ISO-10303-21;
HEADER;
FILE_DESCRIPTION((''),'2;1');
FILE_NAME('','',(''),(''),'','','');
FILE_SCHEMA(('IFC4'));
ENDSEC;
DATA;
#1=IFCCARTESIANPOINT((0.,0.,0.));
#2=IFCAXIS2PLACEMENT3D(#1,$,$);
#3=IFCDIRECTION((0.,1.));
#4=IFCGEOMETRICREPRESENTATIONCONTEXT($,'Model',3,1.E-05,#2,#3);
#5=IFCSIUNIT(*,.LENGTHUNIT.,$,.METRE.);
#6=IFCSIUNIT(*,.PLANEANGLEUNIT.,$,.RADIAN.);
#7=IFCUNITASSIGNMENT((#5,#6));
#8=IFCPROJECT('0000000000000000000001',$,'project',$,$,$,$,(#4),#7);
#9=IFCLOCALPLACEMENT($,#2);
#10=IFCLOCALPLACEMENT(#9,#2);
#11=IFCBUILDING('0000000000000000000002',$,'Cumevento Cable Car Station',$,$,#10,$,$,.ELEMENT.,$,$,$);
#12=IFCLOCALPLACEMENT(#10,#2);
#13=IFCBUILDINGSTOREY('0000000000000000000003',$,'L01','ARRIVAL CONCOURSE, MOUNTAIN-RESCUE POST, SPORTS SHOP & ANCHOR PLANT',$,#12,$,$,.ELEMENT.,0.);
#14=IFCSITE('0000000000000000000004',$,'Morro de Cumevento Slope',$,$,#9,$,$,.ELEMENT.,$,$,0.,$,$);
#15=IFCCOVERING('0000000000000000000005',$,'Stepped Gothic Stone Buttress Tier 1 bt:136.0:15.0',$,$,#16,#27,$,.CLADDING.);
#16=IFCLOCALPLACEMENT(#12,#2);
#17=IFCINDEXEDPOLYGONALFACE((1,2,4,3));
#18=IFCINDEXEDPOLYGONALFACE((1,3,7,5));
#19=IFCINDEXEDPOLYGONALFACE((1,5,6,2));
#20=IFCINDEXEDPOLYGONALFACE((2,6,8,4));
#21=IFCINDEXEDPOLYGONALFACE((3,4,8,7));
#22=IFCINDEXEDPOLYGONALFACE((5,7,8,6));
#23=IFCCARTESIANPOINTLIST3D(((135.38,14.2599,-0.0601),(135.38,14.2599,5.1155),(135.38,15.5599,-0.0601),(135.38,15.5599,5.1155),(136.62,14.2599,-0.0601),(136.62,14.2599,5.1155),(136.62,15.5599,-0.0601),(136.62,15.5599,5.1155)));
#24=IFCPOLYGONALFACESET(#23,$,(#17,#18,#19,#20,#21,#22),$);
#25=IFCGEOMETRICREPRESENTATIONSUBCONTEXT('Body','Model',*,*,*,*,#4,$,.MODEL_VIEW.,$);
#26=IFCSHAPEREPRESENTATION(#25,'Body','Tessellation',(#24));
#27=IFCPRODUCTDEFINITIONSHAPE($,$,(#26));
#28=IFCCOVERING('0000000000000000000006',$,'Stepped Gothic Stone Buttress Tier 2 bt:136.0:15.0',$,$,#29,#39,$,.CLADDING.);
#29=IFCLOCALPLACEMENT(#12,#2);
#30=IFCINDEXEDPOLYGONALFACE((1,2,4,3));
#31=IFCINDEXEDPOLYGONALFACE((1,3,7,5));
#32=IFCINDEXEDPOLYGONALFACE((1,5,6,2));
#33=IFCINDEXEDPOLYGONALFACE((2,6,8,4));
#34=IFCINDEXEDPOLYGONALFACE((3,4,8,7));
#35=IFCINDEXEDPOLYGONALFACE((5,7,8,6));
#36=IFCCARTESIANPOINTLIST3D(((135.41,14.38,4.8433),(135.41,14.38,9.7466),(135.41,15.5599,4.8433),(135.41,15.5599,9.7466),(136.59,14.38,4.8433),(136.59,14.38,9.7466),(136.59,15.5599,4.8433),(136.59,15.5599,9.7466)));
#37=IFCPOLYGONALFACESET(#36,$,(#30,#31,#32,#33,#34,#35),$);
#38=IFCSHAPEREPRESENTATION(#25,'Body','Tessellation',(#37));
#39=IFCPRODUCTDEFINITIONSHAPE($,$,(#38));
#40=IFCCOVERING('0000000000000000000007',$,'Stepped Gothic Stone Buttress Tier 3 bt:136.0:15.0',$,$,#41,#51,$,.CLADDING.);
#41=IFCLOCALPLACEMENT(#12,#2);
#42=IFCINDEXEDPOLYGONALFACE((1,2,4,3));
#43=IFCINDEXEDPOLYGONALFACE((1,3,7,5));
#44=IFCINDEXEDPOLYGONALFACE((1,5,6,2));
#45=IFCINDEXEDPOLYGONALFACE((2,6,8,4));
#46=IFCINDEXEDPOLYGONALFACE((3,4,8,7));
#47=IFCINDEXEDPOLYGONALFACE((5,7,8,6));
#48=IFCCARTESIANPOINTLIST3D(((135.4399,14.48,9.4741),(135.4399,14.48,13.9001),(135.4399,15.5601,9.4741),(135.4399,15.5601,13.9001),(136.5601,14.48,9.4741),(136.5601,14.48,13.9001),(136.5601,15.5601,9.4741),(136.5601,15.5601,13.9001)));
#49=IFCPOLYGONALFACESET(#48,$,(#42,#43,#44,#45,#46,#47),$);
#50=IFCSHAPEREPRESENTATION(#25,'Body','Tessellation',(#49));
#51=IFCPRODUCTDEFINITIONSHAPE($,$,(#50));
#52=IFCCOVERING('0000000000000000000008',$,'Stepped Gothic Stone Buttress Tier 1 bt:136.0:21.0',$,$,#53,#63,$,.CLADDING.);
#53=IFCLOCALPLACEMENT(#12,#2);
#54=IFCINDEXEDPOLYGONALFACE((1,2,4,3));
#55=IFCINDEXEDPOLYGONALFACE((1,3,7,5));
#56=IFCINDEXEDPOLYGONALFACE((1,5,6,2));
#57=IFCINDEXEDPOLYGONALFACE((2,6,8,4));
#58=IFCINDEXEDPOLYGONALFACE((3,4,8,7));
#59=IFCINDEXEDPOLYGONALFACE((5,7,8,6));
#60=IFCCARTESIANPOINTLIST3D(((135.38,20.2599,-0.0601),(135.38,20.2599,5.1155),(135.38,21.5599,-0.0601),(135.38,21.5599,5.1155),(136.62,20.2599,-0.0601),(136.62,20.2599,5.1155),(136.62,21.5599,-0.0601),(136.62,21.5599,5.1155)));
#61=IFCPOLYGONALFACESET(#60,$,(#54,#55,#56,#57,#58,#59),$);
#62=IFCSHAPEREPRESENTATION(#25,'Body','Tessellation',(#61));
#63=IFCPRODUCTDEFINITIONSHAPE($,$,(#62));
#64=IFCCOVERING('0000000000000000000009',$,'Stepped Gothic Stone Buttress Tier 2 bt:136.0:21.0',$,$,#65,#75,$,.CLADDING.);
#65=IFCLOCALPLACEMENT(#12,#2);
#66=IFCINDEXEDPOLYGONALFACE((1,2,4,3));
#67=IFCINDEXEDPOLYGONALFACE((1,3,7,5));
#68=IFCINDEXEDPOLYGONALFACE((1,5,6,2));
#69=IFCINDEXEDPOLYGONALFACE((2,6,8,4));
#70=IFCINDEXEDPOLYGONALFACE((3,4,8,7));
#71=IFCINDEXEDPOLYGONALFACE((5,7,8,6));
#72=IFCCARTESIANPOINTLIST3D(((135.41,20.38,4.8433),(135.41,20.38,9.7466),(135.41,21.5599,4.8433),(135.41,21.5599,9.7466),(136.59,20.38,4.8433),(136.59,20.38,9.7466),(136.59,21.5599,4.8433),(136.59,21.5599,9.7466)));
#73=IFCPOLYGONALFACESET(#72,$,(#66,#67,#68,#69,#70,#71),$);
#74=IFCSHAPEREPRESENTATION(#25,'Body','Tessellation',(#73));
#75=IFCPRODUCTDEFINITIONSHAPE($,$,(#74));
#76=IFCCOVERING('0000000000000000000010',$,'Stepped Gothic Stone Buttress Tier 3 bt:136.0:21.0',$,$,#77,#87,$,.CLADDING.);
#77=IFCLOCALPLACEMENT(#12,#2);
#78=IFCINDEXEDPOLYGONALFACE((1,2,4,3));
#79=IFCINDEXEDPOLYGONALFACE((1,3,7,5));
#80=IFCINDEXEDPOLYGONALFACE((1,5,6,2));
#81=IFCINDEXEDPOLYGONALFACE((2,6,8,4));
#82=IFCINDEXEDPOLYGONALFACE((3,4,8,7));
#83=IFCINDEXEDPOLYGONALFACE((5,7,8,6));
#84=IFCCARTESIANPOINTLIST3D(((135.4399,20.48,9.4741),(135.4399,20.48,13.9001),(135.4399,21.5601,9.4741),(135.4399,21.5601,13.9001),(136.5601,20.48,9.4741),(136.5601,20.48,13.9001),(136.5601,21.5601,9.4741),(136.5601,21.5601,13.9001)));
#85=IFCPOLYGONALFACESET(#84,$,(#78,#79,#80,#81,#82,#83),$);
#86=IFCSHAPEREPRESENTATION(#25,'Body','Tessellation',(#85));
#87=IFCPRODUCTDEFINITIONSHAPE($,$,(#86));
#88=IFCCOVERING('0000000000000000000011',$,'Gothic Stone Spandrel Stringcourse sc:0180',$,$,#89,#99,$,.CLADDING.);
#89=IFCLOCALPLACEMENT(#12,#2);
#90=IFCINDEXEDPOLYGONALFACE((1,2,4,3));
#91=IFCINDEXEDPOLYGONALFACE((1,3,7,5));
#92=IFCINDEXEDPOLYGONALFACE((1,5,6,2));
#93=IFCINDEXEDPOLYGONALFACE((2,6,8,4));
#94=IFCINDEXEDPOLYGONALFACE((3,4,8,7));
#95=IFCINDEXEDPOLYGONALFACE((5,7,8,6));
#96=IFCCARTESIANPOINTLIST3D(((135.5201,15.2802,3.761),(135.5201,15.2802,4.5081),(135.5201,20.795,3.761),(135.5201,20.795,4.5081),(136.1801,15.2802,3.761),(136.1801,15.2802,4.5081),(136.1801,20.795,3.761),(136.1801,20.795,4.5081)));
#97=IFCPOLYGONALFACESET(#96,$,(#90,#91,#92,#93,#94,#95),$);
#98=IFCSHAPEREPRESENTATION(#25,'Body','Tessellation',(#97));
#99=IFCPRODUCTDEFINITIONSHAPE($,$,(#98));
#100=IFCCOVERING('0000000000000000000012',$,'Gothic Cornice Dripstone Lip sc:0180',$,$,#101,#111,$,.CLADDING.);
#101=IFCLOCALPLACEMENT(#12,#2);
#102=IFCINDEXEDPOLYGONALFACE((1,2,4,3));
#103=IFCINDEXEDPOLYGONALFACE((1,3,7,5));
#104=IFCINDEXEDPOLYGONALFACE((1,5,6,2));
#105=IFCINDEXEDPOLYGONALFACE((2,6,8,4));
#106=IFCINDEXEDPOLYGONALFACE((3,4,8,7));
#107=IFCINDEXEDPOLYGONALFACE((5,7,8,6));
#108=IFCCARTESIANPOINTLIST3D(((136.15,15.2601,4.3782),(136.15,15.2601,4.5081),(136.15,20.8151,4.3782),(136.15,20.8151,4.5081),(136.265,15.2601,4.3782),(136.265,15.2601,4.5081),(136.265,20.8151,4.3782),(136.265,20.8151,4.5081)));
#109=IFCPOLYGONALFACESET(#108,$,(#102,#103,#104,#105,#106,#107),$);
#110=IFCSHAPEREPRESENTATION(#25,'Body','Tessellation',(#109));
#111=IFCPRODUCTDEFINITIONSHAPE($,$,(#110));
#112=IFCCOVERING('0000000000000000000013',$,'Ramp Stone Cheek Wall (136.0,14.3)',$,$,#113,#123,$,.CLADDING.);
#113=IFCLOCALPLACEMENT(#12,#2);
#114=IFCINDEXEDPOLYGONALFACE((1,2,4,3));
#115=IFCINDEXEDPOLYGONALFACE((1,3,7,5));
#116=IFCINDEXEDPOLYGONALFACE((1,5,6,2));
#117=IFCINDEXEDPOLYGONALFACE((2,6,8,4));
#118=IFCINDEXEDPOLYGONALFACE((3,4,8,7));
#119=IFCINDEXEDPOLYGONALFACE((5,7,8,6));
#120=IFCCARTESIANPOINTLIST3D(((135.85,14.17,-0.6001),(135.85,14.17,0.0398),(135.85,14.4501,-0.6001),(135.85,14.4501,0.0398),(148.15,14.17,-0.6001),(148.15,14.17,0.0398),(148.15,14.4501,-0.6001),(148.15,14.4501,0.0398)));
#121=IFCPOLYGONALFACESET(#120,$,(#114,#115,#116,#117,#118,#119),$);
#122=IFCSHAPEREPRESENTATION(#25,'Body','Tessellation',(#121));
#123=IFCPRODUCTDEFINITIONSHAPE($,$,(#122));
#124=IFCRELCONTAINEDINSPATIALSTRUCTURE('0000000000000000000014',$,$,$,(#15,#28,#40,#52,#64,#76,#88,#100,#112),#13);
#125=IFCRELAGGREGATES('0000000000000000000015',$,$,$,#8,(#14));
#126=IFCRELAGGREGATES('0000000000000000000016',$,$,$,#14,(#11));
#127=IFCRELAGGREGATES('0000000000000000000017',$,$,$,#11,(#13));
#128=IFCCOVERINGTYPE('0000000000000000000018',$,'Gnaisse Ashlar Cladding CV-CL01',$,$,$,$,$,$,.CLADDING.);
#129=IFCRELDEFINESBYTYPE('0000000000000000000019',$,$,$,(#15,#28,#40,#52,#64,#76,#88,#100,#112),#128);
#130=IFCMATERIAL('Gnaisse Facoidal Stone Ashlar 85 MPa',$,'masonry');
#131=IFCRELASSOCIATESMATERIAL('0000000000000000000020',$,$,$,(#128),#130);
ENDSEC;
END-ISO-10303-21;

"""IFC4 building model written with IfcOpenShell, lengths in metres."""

from ifc_helpers import new_model, si_unit, direction, frame, origin, origin_2d, place, context, subcontext, project, spatial, rectangle, extrude, material, type_object, element, save


model = new_model("IFC4")

# Units and contexts
model_context = context("Model", 3, precision=1e-05, world=origin(), true_north=direction((0.0, 1.0)))
body_context = subcontext(model_context, "Body", "Model", "MODEL_VIEW")
ifc_project = project(units=[si_unit("LENGTHUNIT", "METRE"), si_unit("PLANEANGLEUNIT", "RADIAN")], contexts=[model_context])

# Site, building, storey
site_placement = place(None, origin())
site = spatial("IfcSite", under=ifc_project, at=site_placement, Name="Morro de Cumevento Slope", CompositionType="ELEMENT", RefElevation=0.0)
building_placement = place(site_placement, origin())
building = spatial("IfcBuilding", under=site, at=building_placement, Name="Cumevento Cable Car Station", CompositionType="ELEMENT")
storey_placement = place(building_placement, origin())
storey = spatial("IfcBuildingStorey", under=building, at=storey_placement, Name="L01", Description="ARRIVAL CONCOURSE, MOUNTAIN-RESCUE POST, SPORTS SHOP & ANCHOR PLANT", CompositionType="ELEMENT", Elevation=0.0)

# Coverings
ifc_material_1 = material(Name="Gnaisse Facoidal Stone Ashlar 85 MPa", Category="masonry")
covering_type = type_object("IfcCoveringType", Name="Gnaisse Ashlar Cladding CV-CL01", PredefinedType="CLADDING", material=ifc_material_1)
covering_1_placement = place(storey_placement, frame((136.0, 14.9099, -0.0601), z_axis=(0.0, 0.0, 1.0), x_axis=(1.0, 0.0, 0.0)))
element("IfcCovering", 1, at=covering_1_placement, inside=storey, type_object=covering_type, Name="Stepped Gothic Stone Buttress Tier 1 bt:136.0:15.0", PredefinedType="CLADDING", context=body_context, shape_type="SweptSolid", body=[
    extrude(rectangle(XDim=1.24, YDim=1.3, at=origin_2d()), origin(), (0.0, 0.0, 1.0), 5.1755),
])
covering_2_placement = place(storey_placement, frame((136.0, 14.97, 4.8433), z_axis=(0.0, 0.0, 1.0), x_axis=(1.0, 0.0, 0.0)))
element("IfcCovering", 2, at=covering_2_placement, inside=storey, type_object=covering_type, Name="Stepped Gothic Stone Buttress Tier 2 bt:136.0:15.0", PredefinedType="CLADDING", context=body_context, shape_type="SweptSolid", body=[
    extrude(rectangle(XDim=1.1799, YDim=1.1799, at=origin_2d()), origin(), (0.0, 0.0, 1.0), 4.9033),
])
covering_3_placement = place(storey_placement, frame((136.0, 15.02, 9.4741), z_axis=(0.0, 0.0, 1.0), x_axis=(1.0, 0.0, 0.0)))
element("IfcCovering", 3, at=covering_3_placement, inside=storey, type_object=covering_type, Name="Stepped Gothic Stone Buttress Tier 3 bt:136.0:15.0", PredefinedType="CLADDING", context=body_context, shape_type="SweptSolid", body=[
    extrude(rectangle(XDim=1.1201, YDim=1.0801, at=origin_2d()), origin(), (0.0, 0.0, 1.0), 4.426),
])
covering_4_placement = place(storey_placement, frame((136.0, 20.9099, -0.0601), z_axis=(0.0, 0.0, 1.0), x_axis=(1.0, 0.0, 0.0)))
element("IfcCovering", 4, at=covering_4_placement, inside=storey, type_object=covering_type, Name="Stepped Gothic Stone Buttress Tier 1 bt:136.0:21.0", PredefinedType="CLADDING", context=body_context, shape_type="SweptSolid", body=[
    extrude(rectangle(XDim=1.24, YDim=1.3, at=origin_2d()), origin(), (0.0, 0.0, 1.0), 5.1755),
])
covering_5_placement = place(storey_placement, frame((136.0, 20.97, 4.8433), z_axis=(0.0, 0.0, 1.0), x_axis=(1.0, 0.0, 0.0)))
element("IfcCovering", 5, at=covering_5_placement, inside=storey, type_object=covering_type, Name="Stepped Gothic Stone Buttress Tier 2 bt:136.0:21.0", PredefinedType="CLADDING", context=body_context, shape_type="SweptSolid", body=[
    extrude(rectangle(XDim=1.1799, YDim=1.1799, at=origin_2d()), origin(), (0.0, 0.0, 1.0), 4.9033),
])
covering_6_placement = place(storey_placement, frame((136.0, 21.02, 9.4741), z_axis=(0.0, 0.0, 1.0), x_axis=(1.0, 0.0, 0.0)))
element("IfcCovering", 6, at=covering_6_placement, inside=storey, type_object=covering_type, Name="Stepped Gothic Stone Buttress Tier 3 bt:136.0:21.0", PredefinedType="CLADDING", context=body_context, shape_type="SweptSolid", body=[
    extrude(rectangle(XDim=1.1201, YDim=1.0801, at=origin_2d()), origin(), (0.0, 0.0, 1.0), 4.426),
])
covering_7_placement = place(storey_placement, frame((135.8501, 18.0376, 3.761), z_axis=(0.0, 0.0, 1.0), x_axis=(0.0, -1.0, 0.0)))
element("IfcCovering", 7, at=covering_7_placement, inside=storey, type_object=covering_type, Name="Gothic Stone Spandrel Stringcourse sc:0180", PredefinedType="CLADDING", context=body_context, shape_type="SweptSolid", body=[
    extrude(rectangle(XDim=5.5149, YDim=0.6599, at=origin_2d()), origin(), (0.0, 0.0, 1.0), 0.7471),
])
covering_8_placement = place(storey_placement, frame((136.2075, 18.0376, 4.3782), z_axis=(0.0, 0.0, 1.0), x_axis=(0.0, -1.0, 0.0)))
element("IfcCovering", 8, at=covering_8_placement, inside=storey, type_object=covering_type, Name="Gothic Cornice Dripstone Lip sc:0180", PredefinedType="CLADDING", context=body_context, shape_type="SweptSolid", body=[
    extrude(rectangle(XDim=5.5549, YDim=0.115, at=origin_2d()), origin(), (0.0, 0.0, 1.0), 0.1299),
])
covering_9_placement = place(storey_placement, frame((142.0, 14.3101, -0.6001), z_axis=(0.0, 0.0, 1.0), x_axis=(1.0, 0.0, 0.0)))
element("IfcCovering", 9, at=covering_9_placement, inside=storey, type_object=covering_type, Name="Ramp Stone Cheek Wall (136.0,14.3)", PredefinedType="CLADDING", context=body_context, shape_type="SweptSolid", body=[
    extrude(rectangle(XDim=12.3, YDim=0.28, at=origin_2d()), origin(), (0.0, 0.0, 1.0), 0.6399),
])

save(model, "model.ifc")
